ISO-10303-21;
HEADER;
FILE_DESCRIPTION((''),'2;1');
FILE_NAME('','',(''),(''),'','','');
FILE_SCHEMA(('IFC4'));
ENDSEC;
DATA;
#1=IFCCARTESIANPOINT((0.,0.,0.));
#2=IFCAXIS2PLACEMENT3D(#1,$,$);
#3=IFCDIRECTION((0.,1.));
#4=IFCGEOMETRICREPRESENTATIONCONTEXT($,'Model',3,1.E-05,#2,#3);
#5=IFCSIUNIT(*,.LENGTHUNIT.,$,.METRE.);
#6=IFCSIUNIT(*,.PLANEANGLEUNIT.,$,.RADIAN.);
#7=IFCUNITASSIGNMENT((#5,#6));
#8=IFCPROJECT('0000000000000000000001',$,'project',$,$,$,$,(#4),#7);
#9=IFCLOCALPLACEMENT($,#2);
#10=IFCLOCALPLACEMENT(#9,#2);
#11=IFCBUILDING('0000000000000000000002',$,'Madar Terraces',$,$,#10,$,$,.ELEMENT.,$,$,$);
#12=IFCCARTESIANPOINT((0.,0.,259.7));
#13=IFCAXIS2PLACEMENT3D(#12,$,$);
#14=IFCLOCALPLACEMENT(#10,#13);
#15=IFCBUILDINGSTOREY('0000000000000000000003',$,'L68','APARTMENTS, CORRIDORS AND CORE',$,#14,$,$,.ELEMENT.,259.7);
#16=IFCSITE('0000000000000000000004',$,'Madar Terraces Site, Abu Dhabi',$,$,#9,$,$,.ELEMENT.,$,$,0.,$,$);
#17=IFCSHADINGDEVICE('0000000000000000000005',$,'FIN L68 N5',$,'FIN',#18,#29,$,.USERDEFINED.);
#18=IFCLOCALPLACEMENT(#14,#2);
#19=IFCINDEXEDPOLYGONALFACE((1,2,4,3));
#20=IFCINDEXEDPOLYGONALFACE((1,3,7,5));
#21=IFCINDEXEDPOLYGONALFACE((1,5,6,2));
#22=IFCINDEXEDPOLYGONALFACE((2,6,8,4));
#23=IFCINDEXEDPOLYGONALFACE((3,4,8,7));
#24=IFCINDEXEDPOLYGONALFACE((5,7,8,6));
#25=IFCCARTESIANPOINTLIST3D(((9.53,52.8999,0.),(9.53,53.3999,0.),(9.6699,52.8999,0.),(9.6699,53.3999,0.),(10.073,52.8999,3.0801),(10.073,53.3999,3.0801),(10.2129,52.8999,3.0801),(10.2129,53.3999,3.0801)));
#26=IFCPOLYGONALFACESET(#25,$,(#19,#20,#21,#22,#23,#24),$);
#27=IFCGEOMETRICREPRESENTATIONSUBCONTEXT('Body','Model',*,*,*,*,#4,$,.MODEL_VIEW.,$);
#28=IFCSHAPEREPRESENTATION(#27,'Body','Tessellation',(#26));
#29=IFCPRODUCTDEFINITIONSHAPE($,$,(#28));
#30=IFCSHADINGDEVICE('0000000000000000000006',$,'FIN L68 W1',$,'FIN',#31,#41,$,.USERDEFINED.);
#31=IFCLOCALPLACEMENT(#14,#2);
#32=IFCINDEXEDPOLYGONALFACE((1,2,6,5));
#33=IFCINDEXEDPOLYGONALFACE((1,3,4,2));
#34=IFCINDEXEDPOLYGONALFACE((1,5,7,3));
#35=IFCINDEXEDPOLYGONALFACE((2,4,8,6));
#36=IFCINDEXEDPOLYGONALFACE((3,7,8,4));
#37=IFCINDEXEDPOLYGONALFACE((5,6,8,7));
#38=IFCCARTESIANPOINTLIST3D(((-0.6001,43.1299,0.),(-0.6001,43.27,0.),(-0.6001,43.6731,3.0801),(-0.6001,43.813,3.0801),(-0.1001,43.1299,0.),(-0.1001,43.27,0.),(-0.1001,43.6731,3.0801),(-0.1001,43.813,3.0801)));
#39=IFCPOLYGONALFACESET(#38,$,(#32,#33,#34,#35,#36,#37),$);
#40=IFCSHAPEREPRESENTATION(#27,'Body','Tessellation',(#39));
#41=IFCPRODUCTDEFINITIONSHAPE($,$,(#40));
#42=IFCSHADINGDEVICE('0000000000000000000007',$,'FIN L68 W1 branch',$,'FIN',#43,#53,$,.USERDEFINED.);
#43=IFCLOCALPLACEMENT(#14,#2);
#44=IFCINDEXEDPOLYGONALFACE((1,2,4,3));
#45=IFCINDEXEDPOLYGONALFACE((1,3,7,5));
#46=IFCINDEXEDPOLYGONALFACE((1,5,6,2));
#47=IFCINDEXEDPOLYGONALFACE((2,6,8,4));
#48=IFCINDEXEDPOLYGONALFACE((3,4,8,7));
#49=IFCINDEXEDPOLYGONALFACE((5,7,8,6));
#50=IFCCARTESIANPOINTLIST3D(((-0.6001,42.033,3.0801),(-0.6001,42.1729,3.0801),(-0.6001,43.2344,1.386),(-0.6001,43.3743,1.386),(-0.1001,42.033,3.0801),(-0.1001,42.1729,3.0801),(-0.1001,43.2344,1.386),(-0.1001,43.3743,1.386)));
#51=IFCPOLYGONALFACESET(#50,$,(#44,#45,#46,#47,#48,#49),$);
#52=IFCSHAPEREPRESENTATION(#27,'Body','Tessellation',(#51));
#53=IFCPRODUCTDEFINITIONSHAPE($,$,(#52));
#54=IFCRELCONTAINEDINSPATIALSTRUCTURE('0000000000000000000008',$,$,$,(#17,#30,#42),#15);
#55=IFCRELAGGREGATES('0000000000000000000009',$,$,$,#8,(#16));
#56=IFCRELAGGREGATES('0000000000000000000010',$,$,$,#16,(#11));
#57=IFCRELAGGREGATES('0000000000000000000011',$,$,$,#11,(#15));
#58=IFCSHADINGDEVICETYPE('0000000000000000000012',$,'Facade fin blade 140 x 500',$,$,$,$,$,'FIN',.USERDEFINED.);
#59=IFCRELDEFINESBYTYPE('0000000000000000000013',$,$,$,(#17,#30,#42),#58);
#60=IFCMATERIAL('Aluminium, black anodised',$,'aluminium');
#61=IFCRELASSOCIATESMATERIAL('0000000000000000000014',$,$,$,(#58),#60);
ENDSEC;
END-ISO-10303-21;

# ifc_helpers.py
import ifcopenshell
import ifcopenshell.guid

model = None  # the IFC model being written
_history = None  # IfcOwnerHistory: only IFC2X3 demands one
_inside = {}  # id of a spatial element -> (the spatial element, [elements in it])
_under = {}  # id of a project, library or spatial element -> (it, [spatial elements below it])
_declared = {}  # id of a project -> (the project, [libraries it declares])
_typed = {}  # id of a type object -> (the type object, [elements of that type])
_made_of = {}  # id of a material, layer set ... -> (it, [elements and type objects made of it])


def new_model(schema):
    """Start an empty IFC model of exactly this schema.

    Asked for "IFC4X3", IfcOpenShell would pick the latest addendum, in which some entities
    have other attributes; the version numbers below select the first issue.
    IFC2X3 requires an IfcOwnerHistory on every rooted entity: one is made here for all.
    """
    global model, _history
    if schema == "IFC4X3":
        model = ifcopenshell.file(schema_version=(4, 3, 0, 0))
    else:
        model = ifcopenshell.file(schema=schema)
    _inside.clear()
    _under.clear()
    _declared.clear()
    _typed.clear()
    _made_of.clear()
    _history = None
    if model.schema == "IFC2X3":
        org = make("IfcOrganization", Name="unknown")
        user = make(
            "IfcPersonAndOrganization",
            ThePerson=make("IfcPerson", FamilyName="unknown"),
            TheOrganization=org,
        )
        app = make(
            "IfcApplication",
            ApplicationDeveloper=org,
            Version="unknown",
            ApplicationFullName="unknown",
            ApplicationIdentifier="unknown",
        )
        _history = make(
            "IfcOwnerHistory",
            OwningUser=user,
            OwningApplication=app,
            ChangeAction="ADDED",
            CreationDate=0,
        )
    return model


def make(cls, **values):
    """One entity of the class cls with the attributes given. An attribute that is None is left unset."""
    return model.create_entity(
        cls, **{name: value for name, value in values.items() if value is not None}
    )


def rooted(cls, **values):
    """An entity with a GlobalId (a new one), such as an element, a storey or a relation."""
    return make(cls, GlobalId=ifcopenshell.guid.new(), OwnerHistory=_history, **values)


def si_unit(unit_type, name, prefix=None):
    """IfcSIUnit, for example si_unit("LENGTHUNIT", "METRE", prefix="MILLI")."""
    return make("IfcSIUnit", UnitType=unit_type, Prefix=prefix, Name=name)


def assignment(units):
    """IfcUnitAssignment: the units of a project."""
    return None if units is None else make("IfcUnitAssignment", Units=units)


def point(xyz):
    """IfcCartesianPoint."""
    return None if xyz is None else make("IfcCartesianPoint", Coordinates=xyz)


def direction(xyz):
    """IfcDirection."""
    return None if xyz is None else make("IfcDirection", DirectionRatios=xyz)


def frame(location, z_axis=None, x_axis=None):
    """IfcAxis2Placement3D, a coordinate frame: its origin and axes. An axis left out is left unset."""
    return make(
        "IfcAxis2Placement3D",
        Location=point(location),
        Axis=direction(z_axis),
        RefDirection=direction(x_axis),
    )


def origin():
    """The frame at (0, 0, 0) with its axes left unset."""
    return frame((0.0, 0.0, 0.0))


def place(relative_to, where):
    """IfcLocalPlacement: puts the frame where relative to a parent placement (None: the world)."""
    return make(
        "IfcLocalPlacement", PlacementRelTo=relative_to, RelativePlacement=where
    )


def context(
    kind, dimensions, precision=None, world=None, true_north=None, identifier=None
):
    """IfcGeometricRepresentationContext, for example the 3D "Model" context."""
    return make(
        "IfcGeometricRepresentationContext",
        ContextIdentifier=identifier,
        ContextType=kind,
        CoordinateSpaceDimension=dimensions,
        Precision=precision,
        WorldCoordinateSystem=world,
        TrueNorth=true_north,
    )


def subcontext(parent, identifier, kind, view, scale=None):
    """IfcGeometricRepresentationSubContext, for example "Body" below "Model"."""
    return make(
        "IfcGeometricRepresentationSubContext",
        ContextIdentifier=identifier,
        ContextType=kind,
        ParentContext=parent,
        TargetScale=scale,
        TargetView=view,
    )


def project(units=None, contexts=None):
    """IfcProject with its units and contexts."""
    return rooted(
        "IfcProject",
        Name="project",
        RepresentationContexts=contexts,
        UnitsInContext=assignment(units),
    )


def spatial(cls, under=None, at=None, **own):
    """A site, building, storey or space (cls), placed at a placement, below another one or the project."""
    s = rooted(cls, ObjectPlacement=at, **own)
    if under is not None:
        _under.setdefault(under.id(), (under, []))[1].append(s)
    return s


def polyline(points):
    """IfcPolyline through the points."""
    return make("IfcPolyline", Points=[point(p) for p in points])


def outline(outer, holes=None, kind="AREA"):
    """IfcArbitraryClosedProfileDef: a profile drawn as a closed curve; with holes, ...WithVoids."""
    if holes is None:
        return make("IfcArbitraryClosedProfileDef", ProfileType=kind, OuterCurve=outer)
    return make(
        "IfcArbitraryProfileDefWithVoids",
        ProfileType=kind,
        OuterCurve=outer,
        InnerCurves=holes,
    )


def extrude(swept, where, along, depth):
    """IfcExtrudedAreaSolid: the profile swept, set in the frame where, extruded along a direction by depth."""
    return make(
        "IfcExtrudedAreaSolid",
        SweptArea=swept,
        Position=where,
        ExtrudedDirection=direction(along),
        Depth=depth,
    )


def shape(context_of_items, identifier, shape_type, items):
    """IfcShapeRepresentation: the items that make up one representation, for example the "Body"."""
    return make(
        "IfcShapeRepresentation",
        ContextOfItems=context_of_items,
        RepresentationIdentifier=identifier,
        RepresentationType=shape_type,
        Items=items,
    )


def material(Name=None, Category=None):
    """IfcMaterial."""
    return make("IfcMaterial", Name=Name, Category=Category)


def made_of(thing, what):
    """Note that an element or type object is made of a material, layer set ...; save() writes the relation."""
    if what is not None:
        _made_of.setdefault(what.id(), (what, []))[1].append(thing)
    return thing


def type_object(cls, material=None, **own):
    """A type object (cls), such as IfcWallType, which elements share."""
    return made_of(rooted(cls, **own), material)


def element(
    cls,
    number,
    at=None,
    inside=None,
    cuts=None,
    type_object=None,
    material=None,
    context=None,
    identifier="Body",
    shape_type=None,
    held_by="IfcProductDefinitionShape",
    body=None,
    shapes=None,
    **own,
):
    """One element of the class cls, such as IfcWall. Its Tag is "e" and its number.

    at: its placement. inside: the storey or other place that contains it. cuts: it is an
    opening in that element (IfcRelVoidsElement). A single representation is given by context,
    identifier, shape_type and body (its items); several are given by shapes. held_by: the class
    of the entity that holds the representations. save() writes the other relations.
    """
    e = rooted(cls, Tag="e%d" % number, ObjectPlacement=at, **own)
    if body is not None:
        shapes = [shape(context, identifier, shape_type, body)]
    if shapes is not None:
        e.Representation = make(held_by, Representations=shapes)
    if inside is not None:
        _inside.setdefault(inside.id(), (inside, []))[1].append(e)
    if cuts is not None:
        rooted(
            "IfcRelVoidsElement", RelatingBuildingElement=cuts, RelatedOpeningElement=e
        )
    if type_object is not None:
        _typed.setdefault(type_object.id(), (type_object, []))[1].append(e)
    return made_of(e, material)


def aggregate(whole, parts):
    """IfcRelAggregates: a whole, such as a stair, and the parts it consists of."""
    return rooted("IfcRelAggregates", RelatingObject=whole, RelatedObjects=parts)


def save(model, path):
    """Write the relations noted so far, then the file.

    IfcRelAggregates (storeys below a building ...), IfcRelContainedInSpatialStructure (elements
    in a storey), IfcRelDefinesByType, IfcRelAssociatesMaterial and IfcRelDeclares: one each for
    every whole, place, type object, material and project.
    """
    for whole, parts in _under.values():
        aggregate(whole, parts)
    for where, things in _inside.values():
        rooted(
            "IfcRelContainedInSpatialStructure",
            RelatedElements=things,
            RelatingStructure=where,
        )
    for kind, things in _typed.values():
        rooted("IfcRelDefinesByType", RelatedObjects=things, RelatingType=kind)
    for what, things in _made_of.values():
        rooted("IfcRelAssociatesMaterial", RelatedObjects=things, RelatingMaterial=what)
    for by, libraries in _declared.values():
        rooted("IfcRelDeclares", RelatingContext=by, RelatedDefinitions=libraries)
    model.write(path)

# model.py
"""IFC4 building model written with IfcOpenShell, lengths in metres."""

from ifc_helpers import new_model, si_unit, direction, frame, origin, place, context, subcontext, project, spatial, polyline, outline, extrude, material, type_object, element, save


model = new_model("IFC4")

# Units and contexts
model_context = context("Model", 3, precision=1e-05, world=origin(), true_north=direction((0.0, 1.0)))
body_context = subcontext(model_context, "Body", "Model", "MODEL_VIEW")
ifc_project = project(units=[si_unit("LENGTHUNIT", "METRE"), si_unit("PLANEANGLEUNIT", "RADIAN")], contexts=[model_context])

# Site, building, storey
site_placement = place(None, origin())
site = spatial("IfcSite", under=ifc_project, at=site_placement, Name="Madar Terraces Site, Abu Dhabi", CompositionType="ELEMENT", RefElevation=0.0)
building_placement = place(site_placement, origin())
building = spatial("IfcBuilding", under=site, at=building_placement, Name="Madar Terraces", CompositionType="ELEMENT")
storey_placement = place(building_placement, frame((0.0, 0.0, 259.7)))
storey = spatial("IfcBuildingStorey", under=building, at=storey_placement, Name="L68", Description="APARTMENTS, CORRIDORS AND CORE", CompositionType="ELEMENT", Elevation=259.7)

# Shading devices
ifc_material_1 = material(Name="Aluminium, black anodised", Category="aluminium")
shading_device_type = type_object("IfcShadingDeviceType", Name="Facade fin blade 140 x 500", ElementType="FIN", PredefinedType="USERDEFINED", material=ifc_material_1)
shading_device_1_placement = place(storey_placement, frame((9.6699, 53.1499, 0.0), z_axis=(0.0, 0.0, 1.0), x_axis=(-1.0, 0.0, 0.0)))
element("IfcShadingDevice", 1, at=shading_device_1_placement, inside=storey, type_object=shading_device_type, Name="FIN L68 N5", ObjectType="FIN", PredefinedType="USERDEFINED", context=body_context, shape_type="SweptSolid", body=[
    extrude(outline(polyline([(0.0, 0.0), (0.1399, 0.0), (-0.4031, 3.0801), (-0.543, 3.0801), (0.0, 0.0)])), frame((0.0, 0.25, 0.0), z_axis=(0.0, -1.0, 0.0), x_axis=(1.0, 0.0, 0.0)), (0.0, 0.0, 1.0), 0.5),
])
shading_device_2_placement = place(storey_placement, frame((-0.3501, 43.27, 0.0), z_axis=(0.0, 0.0, 1.0), x_axis=(0.0, -1.0, 0.0)))
element("IfcShadingDevice", 2, at=shading_device_2_placement, inside=storey, type_object=shading_device_type, Name="FIN L68 W1", ObjectType="FIN", PredefinedType="USERDEFINED", context=body_context, shape_type="SweptSolid", body=[
    extrude(outline(polyline([(0.0, 0.0), (0.1401, 0.0), (-0.4031, 3.0801), (-0.543, 3.0801), (0.0, 0.0)])), frame((0.0, 0.25, 0.0), z_axis=(0.0, -1.0, 0.0), x_axis=(1.0, 0.0, 0.0)), (0.0, 0.0, 1.0), 0.5),
])
shading_device_3_placement = place(storey_placement, frame((-0.3501, 43.3743, 1.386), z_axis=(0.0, 0.0, 1.0), x_axis=(0.0, -1.0, 0.0)))
element("IfcShadingDevice", 3, at=shading_device_3_placement, inside=storey, type_object=shading_device_type, Name="FIN L68 W1 branch", ObjectType="FIN", PredefinedType="USERDEFINED", context=body_context, shape_type="SweptSolid", body=[
    extrude(outline(polyline([(0.0, 0.0), (0.1399, 0.0), (1.3413, 1.6941), (1.2014, 1.6941), (0.0, 0.0)])), frame((0.0, 0.25, 0.0), z_axis=(0.0, -1.0, 0.0), x_axis=(1.0, 0.0, 0.0)), (0.0, 0.0, 1.0), 0.5),
])

save(model, "model.ifc")
